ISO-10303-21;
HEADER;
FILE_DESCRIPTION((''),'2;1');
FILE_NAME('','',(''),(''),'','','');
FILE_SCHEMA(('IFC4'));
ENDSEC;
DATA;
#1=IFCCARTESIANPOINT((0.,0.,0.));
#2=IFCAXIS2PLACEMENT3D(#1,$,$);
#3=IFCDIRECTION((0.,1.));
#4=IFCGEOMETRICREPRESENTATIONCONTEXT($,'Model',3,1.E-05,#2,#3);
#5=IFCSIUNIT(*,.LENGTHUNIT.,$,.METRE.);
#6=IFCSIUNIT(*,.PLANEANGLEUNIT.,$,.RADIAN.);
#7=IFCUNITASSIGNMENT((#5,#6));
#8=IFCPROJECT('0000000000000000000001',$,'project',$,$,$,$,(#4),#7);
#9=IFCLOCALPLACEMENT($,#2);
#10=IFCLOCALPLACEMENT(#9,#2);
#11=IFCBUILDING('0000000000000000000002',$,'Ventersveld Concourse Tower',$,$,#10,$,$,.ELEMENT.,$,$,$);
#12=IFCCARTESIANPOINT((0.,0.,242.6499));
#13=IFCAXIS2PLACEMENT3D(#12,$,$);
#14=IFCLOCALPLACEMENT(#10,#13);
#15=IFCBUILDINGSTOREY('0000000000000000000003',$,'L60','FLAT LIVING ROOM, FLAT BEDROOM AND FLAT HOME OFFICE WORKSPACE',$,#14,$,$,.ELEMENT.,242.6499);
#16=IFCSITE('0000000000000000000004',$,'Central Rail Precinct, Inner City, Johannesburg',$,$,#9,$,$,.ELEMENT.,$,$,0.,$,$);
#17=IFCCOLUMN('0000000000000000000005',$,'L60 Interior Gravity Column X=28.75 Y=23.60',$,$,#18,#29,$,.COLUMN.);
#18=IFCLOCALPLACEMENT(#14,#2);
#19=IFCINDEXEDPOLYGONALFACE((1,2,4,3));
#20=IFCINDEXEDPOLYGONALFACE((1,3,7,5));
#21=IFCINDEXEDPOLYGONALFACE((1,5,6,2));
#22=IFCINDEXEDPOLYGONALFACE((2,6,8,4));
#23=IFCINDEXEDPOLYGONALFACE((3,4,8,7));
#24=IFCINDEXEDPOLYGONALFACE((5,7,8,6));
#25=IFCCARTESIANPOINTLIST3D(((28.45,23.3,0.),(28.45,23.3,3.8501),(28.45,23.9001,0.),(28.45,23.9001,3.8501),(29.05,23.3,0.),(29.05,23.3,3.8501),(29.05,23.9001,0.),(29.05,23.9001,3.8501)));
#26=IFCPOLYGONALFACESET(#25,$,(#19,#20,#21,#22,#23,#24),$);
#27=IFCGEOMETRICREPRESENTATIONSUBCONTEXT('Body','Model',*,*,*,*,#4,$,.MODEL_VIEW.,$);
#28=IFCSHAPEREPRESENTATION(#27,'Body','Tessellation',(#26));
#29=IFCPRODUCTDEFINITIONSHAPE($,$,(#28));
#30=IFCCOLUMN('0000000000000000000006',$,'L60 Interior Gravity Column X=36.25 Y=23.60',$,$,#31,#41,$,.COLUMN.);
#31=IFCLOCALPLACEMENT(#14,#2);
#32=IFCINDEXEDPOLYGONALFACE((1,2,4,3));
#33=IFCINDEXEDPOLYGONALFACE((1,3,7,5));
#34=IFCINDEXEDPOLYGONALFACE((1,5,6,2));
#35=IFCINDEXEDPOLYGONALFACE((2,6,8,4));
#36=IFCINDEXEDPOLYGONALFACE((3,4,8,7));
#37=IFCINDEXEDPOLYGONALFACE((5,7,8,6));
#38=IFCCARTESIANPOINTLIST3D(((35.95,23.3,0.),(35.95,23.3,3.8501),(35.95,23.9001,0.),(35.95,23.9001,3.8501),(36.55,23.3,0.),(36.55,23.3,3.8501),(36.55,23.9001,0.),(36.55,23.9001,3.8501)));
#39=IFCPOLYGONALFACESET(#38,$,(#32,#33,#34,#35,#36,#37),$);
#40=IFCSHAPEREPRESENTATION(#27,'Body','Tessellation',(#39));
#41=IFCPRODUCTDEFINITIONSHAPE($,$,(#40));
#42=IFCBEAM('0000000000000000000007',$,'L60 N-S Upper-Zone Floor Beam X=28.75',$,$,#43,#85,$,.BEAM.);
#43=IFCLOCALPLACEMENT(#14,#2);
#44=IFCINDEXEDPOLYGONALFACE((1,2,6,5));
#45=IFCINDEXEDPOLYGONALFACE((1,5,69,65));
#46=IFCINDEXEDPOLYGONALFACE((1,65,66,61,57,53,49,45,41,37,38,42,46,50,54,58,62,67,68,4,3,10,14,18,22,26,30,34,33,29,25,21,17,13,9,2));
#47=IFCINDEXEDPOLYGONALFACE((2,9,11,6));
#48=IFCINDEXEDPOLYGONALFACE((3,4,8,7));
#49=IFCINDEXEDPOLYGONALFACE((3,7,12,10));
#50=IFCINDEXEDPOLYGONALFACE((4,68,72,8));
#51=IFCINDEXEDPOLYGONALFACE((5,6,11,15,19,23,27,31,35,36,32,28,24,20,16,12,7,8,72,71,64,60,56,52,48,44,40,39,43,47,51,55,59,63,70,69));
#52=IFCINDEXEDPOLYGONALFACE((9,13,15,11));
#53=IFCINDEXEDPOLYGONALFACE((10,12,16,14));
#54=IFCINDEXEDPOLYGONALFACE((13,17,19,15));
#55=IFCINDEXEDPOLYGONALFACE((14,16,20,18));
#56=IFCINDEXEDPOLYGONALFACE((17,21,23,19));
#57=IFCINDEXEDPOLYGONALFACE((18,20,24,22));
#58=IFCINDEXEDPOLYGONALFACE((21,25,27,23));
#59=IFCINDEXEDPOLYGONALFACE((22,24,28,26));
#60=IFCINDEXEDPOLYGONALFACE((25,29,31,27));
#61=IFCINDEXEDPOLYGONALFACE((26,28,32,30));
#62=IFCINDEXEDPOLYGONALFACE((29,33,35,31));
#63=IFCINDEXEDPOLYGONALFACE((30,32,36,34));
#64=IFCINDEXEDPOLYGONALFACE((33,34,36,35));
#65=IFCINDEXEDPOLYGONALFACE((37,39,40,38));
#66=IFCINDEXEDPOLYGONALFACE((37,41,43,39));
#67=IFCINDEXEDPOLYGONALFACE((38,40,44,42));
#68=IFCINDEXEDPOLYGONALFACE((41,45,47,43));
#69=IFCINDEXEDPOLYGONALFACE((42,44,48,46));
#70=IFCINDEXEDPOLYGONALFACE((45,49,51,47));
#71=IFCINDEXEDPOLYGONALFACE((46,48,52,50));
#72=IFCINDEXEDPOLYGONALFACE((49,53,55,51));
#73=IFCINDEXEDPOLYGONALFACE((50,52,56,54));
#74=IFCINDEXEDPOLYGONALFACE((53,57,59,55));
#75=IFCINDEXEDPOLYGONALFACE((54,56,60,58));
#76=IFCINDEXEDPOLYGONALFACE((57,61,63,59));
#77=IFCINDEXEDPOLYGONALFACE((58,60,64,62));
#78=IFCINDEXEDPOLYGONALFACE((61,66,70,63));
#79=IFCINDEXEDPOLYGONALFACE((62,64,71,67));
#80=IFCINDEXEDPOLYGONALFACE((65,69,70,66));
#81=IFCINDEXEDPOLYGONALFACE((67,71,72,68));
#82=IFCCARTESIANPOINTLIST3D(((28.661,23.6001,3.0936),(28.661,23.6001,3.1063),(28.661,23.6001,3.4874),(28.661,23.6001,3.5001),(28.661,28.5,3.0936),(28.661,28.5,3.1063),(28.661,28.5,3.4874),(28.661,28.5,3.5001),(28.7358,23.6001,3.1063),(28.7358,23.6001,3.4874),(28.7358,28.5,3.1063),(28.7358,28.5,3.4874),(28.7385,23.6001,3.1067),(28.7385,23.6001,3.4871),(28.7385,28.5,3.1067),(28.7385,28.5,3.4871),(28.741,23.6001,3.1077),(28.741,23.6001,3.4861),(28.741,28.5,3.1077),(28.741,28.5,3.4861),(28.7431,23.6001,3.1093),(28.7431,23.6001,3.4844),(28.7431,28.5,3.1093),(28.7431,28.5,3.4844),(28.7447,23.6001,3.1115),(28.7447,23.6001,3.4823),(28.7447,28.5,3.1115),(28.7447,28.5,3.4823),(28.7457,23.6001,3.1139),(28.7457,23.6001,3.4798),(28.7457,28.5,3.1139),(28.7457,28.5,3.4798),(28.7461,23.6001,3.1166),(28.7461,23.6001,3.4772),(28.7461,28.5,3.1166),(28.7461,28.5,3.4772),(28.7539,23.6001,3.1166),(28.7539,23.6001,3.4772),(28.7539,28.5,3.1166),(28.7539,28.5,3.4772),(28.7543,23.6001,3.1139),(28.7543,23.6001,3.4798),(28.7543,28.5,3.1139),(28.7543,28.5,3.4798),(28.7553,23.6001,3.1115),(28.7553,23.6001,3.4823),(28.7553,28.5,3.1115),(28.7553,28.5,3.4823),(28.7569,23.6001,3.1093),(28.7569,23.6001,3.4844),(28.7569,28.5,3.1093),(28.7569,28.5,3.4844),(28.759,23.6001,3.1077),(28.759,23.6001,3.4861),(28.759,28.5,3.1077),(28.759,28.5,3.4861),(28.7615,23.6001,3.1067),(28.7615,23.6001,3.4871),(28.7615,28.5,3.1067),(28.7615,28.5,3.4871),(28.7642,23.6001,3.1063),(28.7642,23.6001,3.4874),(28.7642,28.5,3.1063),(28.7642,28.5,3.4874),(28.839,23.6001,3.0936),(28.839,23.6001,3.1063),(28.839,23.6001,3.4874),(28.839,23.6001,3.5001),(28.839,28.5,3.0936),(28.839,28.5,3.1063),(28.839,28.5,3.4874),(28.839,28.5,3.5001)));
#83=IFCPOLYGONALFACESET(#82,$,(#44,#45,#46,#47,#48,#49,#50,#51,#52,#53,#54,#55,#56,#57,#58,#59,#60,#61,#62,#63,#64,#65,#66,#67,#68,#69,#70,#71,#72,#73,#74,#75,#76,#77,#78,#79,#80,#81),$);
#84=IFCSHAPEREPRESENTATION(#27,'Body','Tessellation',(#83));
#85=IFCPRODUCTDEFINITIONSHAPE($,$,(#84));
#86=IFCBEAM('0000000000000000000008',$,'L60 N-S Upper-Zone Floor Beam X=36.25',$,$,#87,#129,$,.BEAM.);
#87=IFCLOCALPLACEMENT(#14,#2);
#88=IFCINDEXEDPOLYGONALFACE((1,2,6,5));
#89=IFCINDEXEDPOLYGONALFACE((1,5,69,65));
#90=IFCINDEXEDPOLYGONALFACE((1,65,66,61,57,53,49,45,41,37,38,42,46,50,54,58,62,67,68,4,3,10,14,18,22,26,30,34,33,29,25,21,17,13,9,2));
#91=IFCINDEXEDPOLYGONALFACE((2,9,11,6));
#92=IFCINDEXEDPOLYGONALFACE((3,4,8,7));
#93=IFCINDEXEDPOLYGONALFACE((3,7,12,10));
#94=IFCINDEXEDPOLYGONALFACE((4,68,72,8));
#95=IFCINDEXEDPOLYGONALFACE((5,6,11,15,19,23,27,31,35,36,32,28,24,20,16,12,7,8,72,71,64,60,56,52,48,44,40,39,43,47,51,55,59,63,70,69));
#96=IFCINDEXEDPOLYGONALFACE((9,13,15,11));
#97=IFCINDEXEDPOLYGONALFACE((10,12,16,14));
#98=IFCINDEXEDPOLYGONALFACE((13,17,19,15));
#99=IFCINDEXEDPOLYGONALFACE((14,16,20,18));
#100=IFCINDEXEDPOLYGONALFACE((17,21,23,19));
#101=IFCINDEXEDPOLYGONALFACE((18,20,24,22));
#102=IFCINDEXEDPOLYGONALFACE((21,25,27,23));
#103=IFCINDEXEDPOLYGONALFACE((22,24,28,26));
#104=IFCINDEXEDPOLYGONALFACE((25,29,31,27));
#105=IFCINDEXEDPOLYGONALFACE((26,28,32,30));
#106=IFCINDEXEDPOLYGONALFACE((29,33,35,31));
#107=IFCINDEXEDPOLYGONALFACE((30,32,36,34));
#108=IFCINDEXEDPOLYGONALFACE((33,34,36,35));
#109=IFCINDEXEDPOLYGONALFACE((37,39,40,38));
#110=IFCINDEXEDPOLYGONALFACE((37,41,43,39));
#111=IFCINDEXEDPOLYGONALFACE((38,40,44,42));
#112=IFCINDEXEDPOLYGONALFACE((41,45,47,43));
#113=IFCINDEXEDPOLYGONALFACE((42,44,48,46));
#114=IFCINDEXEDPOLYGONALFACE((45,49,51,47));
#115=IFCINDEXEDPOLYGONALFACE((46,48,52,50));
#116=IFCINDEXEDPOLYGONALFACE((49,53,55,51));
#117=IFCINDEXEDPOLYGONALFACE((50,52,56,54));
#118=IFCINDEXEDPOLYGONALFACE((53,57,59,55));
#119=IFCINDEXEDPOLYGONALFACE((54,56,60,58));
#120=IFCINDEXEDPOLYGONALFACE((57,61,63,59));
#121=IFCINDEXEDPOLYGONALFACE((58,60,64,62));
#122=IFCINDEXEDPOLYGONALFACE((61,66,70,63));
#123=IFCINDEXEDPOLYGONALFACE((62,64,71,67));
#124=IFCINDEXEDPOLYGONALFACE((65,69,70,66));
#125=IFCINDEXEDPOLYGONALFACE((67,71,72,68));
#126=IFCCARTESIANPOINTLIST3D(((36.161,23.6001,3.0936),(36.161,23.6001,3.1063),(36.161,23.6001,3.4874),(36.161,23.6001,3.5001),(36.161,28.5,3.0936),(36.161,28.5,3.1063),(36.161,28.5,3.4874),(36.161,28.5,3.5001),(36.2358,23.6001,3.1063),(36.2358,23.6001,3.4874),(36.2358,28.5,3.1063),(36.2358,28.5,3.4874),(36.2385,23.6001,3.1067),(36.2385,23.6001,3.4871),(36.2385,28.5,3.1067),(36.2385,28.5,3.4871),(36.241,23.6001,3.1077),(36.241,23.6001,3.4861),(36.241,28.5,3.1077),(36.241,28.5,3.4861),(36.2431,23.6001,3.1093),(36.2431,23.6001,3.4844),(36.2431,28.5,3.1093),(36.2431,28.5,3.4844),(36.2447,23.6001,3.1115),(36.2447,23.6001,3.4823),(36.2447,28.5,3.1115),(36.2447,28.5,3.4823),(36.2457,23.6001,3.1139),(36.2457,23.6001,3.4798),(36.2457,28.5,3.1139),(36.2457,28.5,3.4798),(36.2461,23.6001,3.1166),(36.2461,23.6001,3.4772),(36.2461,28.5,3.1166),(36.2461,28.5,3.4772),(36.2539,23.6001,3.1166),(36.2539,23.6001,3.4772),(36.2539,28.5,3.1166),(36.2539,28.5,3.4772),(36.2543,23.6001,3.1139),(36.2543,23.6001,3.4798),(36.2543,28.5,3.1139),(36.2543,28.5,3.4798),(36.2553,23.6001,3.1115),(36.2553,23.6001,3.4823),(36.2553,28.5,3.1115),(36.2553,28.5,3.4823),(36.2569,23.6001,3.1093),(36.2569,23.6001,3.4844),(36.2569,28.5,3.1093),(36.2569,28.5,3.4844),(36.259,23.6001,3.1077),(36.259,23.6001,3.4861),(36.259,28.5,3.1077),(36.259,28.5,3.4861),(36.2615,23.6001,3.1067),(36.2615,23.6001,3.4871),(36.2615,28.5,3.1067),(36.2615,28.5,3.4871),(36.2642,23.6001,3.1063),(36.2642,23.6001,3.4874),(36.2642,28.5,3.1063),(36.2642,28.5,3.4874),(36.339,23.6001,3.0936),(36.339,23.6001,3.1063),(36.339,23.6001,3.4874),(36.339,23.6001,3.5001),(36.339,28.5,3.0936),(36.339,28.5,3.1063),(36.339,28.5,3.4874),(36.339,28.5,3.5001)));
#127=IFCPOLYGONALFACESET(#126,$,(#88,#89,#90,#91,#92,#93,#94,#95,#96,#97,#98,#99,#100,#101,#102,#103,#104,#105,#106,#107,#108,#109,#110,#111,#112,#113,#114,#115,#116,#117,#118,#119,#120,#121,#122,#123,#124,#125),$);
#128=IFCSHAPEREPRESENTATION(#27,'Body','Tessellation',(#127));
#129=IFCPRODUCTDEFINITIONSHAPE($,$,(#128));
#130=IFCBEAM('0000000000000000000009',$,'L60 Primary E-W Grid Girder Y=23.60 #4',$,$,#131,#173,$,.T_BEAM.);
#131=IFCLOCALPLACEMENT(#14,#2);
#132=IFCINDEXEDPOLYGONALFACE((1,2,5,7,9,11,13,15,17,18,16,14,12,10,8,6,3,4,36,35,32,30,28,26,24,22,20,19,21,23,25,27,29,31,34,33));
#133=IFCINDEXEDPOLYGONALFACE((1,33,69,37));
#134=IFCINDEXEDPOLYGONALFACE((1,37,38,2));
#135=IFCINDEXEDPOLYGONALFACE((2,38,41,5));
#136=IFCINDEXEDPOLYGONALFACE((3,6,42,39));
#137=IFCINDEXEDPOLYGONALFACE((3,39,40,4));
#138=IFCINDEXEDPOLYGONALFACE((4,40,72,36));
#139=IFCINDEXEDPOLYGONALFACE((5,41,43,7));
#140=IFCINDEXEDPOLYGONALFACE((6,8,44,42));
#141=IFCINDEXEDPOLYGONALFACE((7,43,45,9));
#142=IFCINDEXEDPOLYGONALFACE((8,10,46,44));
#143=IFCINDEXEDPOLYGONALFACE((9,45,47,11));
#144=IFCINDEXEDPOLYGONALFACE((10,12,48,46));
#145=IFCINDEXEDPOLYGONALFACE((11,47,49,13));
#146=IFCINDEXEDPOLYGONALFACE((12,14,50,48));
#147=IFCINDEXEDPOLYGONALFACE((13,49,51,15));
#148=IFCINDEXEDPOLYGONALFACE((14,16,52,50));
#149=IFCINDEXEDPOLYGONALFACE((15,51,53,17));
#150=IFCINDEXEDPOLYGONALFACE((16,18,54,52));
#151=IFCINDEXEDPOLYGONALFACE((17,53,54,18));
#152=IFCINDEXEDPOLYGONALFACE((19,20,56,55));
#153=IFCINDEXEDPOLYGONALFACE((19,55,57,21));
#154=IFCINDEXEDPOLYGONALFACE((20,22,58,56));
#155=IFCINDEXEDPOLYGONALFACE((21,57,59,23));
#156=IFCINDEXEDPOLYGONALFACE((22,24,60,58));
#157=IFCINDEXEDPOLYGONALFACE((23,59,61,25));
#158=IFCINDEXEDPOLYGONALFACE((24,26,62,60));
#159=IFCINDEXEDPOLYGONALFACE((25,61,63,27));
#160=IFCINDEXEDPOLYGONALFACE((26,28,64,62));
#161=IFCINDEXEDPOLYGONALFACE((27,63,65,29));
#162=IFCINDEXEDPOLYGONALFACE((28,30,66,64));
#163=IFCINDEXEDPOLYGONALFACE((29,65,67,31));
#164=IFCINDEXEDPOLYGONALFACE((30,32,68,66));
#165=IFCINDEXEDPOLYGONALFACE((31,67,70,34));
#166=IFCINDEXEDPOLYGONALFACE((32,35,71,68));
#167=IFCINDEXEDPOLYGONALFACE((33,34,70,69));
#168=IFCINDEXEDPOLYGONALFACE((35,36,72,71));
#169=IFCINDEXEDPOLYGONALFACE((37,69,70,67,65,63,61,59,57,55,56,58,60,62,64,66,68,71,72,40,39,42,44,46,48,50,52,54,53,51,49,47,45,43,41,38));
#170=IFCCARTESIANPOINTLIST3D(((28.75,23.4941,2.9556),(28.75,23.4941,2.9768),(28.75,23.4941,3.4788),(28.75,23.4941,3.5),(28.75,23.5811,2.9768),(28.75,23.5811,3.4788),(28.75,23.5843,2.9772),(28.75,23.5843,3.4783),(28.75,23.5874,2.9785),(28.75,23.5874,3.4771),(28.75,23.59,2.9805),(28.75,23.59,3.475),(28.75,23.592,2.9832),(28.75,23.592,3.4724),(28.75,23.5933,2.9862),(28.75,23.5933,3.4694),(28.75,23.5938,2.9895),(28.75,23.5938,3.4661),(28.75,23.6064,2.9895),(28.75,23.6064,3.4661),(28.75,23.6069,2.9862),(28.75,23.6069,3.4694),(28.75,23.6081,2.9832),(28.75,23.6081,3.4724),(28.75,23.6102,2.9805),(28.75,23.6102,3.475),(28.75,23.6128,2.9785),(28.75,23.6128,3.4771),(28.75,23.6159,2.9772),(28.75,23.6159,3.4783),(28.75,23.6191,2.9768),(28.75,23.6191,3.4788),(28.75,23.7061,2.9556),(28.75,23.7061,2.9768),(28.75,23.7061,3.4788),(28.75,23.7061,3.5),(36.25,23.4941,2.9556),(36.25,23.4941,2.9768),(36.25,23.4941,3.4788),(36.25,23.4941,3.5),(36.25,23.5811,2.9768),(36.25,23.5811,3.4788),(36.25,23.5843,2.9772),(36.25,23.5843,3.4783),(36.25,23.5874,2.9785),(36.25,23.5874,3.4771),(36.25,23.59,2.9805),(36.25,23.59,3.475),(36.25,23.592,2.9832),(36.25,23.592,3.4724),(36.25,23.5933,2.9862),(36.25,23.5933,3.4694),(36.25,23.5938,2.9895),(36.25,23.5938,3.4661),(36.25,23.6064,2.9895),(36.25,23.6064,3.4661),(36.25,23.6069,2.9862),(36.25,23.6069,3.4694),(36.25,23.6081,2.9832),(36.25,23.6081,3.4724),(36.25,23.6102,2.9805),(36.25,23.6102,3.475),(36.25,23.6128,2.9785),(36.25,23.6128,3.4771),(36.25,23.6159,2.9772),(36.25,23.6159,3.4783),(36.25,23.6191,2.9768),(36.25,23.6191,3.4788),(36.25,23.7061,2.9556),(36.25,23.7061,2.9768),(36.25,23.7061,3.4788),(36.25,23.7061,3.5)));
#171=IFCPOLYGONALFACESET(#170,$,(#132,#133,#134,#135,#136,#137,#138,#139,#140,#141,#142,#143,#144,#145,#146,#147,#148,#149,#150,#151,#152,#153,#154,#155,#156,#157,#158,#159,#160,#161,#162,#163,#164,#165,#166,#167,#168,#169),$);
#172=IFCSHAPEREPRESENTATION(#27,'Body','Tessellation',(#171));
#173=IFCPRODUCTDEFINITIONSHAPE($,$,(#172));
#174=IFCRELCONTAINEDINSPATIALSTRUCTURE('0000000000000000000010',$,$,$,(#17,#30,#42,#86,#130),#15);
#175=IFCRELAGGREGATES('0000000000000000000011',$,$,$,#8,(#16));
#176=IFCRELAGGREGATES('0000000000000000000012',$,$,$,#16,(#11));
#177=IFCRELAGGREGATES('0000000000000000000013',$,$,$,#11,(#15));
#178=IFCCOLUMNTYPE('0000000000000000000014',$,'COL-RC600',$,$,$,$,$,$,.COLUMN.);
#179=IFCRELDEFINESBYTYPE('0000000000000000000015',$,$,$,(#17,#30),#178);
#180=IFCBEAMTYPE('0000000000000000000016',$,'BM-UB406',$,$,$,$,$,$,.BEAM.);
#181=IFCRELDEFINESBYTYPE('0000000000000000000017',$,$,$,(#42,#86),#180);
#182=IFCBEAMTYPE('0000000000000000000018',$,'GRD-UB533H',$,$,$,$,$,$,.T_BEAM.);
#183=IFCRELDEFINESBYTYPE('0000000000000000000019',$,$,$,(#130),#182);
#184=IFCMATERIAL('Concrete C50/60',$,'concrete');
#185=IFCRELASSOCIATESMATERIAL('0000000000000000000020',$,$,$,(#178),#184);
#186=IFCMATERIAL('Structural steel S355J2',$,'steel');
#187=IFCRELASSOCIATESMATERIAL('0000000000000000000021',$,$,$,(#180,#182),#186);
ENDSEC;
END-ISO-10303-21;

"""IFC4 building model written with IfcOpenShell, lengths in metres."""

from ifc_helpers import new_model, si_unit, direction, frame, origin, origin_2d, place, context, subcontext, project, spatial, rectangle, i_section, extrude, material, material_profile, profile_set, type_object, element, save


model = new_model("IFC4")

# Units and contexts
model_context = context("Model", 3, precision=1e-05, world=origin(), true_north=direction((0.0, 1.0)))
body_context = subcontext(model_context, "Body", "Model", "MODEL_VIEW")
ifc_project = project(units=[si_unit("LENGTHUNIT", "METRE"), si_unit("PLANEANGLEUNIT", "RADIAN")], contexts=[model_context])

# Site, building, storey
site_placement = place(None, origin())
site = spatial("IfcSite", under=ifc_project, at=site_placement, Name="Central Rail Precinct, Inner City, Johannesburg", CompositionType="ELEMENT", RefElevation=0.0)
building_placement = place(site_placement, origin())
building = spatial("IfcBuilding", under=site, at=building_placement, Name="Ventersveld Concourse Tower", CompositionType="ELEMENT")
storey_placement = place(building_placement, frame((0.0, 0.0, 242.6499)))
storey = spatial("IfcBuildingStorey", under=building, at=storey_placement, Name="L60", Description="FLAT LIVING ROOM, FLAT BEDROOM AND FLAT HOME OFFICE WORKSPACE", CompositionType="ELEMENT", Elevation=242.6499)

# Columns
ifc_material_1 = material(Name="Concrete C50/60", Category="concrete")
ifc_material_profile_1 = material_profile(ifc_material_1, rectangle(XDim=0.6001, YDim=0.6001, at=origin_2d()), Name="RC 600x600")
ifc_profile_set_1 = profile_set([ifc_material_profile_1], Name="Concrete C50/60")
column_type = type_object("IfcColumnType", Name="COL-RC600", PredefinedType="COLUMN", material=ifc_profile_set_1)
for number, where, z_axis, x_axis, name in (
    (1, (28.75, 23.6001, 0.0), (0.0, 0.0, 1.0), (1.0, 0.0, 0.0), "L60 Interior Gravity Column X=28.75 Y=23.60"),
    (2, (36.25, 23.6001, 0.0), (0.0, 0.0, 1.0), (1.0, 0.0, 0.0), "L60 Interior Gravity Column X=36.25 Y=23.60"),
):
    element("IfcColumn", number, at=place(storey_placement, frame(where, z_axis=z_axis, x_axis=x_axis)), inside=storey, type_object=column_type, Name=name, PredefinedType="COLUMN", context=body_context, shape_type="SweptSolid", body=[
        extrude(rectangle(XDim=0.6001, YDim=0.6001, at=origin_2d()), origin(), (0.0, 0.0, 1.0), 3.8501),
    ])

# Beams
ifc_material_2 = material(Name="Structural steel S355J2", Category="steel")
ifc_material_profile_2 = material_profile(ifc_material_2, i_section(OverallWidth=0.178, OverallDepth=0.4065, WebThickness=0.0078, FlangeThickness=0.0127, FilletRadius=0.0103, at=origin_2d()), Name="UB 406x178x60")
ifc_profile_set_2 = profile_set([ifc_material_profile_2], Name="Structural steel S355J2")
beam_type_1 = type_object("IfcBeamType", Name="BM-UB406", PredefinedType="BEAM", material=ifc_profile_set_2)
for number, where, z_axis, x_axis, name in (
    (3, (28.75, 23.6001, 3.2969), (0.0, 1.0, 0.0), (-1.0, 0.0, 0.0), "L60 N-S Upper-Zone Floor Beam X=28.75"),
    (4, (36.25, 23.6001, 3.2969), (0.0, 1.0, 0.0), (-1.0, 0.0, 0.0), "L60 N-S Upper-Zone Floor Beam X=36.25"),
):
    element("IfcBeam", number, at=place(storey_placement, frame(where, z_axis=z_axis, x_axis=x_axis)), inside=storey, type_object=beam_type_1, Name=name, PredefinedType="BEAM", context=body_context, shape_type="SweptSolid", body=[
        extrude(i_section(OverallWidth=0.178, OverallDepth=0.4065, WebThickness=0.0078, FlangeThickness=0.0127, FilletRadius=0.0103, at=origin_2d()), origin(), (0.0, 0.0, 1.0), 4.8999),
    ])
ifc_material_profile_3 = material_profile(ifc_material_2, i_section(OverallWidth=0.2119, OverallDepth=0.5444, WebThickness=0.0127, FlangeThickness=0.0212, FilletRadius=0.0127, at=origin_2d()), Name="UB 533x210x122")
ifc_profile_set_3 = profile_set([ifc_material_profile_3], Name="Structural steel S355J2")
beam_type_2 = type_object("IfcBeamType", Name="GRD-UB533H", PredefinedType="T_BEAM", material=ifc_profile_set_3)
for number, where, z_axis, x_axis, name in (
    (5, (28.75, 23.6001, 3.2278), (1.0, 0.0, 0.0), (0.0, 1.0, 0.0), "L60 Primary E-W Grid Girder Y=23.60 #4"),
):
    element("IfcBeam", number, at=place(storey_placement, frame(where, z_axis=z_axis, x_axis=x_axis)), inside=storey, type_object=beam_type_2, Name=name, PredefinedType="T_BEAM", context=body_context, shape_type="SweptSolid", body=[
        extrude(i_section(OverallWidth=0.2119, OverallDepth=0.5444, WebThickness=0.0127, FlangeThickness=0.0212, FilletRadius=0.0127, at=origin_2d()), origin(), (0.0, 0.0, 1.0), 7.5),
    ])

save(model, "model.ifc")
